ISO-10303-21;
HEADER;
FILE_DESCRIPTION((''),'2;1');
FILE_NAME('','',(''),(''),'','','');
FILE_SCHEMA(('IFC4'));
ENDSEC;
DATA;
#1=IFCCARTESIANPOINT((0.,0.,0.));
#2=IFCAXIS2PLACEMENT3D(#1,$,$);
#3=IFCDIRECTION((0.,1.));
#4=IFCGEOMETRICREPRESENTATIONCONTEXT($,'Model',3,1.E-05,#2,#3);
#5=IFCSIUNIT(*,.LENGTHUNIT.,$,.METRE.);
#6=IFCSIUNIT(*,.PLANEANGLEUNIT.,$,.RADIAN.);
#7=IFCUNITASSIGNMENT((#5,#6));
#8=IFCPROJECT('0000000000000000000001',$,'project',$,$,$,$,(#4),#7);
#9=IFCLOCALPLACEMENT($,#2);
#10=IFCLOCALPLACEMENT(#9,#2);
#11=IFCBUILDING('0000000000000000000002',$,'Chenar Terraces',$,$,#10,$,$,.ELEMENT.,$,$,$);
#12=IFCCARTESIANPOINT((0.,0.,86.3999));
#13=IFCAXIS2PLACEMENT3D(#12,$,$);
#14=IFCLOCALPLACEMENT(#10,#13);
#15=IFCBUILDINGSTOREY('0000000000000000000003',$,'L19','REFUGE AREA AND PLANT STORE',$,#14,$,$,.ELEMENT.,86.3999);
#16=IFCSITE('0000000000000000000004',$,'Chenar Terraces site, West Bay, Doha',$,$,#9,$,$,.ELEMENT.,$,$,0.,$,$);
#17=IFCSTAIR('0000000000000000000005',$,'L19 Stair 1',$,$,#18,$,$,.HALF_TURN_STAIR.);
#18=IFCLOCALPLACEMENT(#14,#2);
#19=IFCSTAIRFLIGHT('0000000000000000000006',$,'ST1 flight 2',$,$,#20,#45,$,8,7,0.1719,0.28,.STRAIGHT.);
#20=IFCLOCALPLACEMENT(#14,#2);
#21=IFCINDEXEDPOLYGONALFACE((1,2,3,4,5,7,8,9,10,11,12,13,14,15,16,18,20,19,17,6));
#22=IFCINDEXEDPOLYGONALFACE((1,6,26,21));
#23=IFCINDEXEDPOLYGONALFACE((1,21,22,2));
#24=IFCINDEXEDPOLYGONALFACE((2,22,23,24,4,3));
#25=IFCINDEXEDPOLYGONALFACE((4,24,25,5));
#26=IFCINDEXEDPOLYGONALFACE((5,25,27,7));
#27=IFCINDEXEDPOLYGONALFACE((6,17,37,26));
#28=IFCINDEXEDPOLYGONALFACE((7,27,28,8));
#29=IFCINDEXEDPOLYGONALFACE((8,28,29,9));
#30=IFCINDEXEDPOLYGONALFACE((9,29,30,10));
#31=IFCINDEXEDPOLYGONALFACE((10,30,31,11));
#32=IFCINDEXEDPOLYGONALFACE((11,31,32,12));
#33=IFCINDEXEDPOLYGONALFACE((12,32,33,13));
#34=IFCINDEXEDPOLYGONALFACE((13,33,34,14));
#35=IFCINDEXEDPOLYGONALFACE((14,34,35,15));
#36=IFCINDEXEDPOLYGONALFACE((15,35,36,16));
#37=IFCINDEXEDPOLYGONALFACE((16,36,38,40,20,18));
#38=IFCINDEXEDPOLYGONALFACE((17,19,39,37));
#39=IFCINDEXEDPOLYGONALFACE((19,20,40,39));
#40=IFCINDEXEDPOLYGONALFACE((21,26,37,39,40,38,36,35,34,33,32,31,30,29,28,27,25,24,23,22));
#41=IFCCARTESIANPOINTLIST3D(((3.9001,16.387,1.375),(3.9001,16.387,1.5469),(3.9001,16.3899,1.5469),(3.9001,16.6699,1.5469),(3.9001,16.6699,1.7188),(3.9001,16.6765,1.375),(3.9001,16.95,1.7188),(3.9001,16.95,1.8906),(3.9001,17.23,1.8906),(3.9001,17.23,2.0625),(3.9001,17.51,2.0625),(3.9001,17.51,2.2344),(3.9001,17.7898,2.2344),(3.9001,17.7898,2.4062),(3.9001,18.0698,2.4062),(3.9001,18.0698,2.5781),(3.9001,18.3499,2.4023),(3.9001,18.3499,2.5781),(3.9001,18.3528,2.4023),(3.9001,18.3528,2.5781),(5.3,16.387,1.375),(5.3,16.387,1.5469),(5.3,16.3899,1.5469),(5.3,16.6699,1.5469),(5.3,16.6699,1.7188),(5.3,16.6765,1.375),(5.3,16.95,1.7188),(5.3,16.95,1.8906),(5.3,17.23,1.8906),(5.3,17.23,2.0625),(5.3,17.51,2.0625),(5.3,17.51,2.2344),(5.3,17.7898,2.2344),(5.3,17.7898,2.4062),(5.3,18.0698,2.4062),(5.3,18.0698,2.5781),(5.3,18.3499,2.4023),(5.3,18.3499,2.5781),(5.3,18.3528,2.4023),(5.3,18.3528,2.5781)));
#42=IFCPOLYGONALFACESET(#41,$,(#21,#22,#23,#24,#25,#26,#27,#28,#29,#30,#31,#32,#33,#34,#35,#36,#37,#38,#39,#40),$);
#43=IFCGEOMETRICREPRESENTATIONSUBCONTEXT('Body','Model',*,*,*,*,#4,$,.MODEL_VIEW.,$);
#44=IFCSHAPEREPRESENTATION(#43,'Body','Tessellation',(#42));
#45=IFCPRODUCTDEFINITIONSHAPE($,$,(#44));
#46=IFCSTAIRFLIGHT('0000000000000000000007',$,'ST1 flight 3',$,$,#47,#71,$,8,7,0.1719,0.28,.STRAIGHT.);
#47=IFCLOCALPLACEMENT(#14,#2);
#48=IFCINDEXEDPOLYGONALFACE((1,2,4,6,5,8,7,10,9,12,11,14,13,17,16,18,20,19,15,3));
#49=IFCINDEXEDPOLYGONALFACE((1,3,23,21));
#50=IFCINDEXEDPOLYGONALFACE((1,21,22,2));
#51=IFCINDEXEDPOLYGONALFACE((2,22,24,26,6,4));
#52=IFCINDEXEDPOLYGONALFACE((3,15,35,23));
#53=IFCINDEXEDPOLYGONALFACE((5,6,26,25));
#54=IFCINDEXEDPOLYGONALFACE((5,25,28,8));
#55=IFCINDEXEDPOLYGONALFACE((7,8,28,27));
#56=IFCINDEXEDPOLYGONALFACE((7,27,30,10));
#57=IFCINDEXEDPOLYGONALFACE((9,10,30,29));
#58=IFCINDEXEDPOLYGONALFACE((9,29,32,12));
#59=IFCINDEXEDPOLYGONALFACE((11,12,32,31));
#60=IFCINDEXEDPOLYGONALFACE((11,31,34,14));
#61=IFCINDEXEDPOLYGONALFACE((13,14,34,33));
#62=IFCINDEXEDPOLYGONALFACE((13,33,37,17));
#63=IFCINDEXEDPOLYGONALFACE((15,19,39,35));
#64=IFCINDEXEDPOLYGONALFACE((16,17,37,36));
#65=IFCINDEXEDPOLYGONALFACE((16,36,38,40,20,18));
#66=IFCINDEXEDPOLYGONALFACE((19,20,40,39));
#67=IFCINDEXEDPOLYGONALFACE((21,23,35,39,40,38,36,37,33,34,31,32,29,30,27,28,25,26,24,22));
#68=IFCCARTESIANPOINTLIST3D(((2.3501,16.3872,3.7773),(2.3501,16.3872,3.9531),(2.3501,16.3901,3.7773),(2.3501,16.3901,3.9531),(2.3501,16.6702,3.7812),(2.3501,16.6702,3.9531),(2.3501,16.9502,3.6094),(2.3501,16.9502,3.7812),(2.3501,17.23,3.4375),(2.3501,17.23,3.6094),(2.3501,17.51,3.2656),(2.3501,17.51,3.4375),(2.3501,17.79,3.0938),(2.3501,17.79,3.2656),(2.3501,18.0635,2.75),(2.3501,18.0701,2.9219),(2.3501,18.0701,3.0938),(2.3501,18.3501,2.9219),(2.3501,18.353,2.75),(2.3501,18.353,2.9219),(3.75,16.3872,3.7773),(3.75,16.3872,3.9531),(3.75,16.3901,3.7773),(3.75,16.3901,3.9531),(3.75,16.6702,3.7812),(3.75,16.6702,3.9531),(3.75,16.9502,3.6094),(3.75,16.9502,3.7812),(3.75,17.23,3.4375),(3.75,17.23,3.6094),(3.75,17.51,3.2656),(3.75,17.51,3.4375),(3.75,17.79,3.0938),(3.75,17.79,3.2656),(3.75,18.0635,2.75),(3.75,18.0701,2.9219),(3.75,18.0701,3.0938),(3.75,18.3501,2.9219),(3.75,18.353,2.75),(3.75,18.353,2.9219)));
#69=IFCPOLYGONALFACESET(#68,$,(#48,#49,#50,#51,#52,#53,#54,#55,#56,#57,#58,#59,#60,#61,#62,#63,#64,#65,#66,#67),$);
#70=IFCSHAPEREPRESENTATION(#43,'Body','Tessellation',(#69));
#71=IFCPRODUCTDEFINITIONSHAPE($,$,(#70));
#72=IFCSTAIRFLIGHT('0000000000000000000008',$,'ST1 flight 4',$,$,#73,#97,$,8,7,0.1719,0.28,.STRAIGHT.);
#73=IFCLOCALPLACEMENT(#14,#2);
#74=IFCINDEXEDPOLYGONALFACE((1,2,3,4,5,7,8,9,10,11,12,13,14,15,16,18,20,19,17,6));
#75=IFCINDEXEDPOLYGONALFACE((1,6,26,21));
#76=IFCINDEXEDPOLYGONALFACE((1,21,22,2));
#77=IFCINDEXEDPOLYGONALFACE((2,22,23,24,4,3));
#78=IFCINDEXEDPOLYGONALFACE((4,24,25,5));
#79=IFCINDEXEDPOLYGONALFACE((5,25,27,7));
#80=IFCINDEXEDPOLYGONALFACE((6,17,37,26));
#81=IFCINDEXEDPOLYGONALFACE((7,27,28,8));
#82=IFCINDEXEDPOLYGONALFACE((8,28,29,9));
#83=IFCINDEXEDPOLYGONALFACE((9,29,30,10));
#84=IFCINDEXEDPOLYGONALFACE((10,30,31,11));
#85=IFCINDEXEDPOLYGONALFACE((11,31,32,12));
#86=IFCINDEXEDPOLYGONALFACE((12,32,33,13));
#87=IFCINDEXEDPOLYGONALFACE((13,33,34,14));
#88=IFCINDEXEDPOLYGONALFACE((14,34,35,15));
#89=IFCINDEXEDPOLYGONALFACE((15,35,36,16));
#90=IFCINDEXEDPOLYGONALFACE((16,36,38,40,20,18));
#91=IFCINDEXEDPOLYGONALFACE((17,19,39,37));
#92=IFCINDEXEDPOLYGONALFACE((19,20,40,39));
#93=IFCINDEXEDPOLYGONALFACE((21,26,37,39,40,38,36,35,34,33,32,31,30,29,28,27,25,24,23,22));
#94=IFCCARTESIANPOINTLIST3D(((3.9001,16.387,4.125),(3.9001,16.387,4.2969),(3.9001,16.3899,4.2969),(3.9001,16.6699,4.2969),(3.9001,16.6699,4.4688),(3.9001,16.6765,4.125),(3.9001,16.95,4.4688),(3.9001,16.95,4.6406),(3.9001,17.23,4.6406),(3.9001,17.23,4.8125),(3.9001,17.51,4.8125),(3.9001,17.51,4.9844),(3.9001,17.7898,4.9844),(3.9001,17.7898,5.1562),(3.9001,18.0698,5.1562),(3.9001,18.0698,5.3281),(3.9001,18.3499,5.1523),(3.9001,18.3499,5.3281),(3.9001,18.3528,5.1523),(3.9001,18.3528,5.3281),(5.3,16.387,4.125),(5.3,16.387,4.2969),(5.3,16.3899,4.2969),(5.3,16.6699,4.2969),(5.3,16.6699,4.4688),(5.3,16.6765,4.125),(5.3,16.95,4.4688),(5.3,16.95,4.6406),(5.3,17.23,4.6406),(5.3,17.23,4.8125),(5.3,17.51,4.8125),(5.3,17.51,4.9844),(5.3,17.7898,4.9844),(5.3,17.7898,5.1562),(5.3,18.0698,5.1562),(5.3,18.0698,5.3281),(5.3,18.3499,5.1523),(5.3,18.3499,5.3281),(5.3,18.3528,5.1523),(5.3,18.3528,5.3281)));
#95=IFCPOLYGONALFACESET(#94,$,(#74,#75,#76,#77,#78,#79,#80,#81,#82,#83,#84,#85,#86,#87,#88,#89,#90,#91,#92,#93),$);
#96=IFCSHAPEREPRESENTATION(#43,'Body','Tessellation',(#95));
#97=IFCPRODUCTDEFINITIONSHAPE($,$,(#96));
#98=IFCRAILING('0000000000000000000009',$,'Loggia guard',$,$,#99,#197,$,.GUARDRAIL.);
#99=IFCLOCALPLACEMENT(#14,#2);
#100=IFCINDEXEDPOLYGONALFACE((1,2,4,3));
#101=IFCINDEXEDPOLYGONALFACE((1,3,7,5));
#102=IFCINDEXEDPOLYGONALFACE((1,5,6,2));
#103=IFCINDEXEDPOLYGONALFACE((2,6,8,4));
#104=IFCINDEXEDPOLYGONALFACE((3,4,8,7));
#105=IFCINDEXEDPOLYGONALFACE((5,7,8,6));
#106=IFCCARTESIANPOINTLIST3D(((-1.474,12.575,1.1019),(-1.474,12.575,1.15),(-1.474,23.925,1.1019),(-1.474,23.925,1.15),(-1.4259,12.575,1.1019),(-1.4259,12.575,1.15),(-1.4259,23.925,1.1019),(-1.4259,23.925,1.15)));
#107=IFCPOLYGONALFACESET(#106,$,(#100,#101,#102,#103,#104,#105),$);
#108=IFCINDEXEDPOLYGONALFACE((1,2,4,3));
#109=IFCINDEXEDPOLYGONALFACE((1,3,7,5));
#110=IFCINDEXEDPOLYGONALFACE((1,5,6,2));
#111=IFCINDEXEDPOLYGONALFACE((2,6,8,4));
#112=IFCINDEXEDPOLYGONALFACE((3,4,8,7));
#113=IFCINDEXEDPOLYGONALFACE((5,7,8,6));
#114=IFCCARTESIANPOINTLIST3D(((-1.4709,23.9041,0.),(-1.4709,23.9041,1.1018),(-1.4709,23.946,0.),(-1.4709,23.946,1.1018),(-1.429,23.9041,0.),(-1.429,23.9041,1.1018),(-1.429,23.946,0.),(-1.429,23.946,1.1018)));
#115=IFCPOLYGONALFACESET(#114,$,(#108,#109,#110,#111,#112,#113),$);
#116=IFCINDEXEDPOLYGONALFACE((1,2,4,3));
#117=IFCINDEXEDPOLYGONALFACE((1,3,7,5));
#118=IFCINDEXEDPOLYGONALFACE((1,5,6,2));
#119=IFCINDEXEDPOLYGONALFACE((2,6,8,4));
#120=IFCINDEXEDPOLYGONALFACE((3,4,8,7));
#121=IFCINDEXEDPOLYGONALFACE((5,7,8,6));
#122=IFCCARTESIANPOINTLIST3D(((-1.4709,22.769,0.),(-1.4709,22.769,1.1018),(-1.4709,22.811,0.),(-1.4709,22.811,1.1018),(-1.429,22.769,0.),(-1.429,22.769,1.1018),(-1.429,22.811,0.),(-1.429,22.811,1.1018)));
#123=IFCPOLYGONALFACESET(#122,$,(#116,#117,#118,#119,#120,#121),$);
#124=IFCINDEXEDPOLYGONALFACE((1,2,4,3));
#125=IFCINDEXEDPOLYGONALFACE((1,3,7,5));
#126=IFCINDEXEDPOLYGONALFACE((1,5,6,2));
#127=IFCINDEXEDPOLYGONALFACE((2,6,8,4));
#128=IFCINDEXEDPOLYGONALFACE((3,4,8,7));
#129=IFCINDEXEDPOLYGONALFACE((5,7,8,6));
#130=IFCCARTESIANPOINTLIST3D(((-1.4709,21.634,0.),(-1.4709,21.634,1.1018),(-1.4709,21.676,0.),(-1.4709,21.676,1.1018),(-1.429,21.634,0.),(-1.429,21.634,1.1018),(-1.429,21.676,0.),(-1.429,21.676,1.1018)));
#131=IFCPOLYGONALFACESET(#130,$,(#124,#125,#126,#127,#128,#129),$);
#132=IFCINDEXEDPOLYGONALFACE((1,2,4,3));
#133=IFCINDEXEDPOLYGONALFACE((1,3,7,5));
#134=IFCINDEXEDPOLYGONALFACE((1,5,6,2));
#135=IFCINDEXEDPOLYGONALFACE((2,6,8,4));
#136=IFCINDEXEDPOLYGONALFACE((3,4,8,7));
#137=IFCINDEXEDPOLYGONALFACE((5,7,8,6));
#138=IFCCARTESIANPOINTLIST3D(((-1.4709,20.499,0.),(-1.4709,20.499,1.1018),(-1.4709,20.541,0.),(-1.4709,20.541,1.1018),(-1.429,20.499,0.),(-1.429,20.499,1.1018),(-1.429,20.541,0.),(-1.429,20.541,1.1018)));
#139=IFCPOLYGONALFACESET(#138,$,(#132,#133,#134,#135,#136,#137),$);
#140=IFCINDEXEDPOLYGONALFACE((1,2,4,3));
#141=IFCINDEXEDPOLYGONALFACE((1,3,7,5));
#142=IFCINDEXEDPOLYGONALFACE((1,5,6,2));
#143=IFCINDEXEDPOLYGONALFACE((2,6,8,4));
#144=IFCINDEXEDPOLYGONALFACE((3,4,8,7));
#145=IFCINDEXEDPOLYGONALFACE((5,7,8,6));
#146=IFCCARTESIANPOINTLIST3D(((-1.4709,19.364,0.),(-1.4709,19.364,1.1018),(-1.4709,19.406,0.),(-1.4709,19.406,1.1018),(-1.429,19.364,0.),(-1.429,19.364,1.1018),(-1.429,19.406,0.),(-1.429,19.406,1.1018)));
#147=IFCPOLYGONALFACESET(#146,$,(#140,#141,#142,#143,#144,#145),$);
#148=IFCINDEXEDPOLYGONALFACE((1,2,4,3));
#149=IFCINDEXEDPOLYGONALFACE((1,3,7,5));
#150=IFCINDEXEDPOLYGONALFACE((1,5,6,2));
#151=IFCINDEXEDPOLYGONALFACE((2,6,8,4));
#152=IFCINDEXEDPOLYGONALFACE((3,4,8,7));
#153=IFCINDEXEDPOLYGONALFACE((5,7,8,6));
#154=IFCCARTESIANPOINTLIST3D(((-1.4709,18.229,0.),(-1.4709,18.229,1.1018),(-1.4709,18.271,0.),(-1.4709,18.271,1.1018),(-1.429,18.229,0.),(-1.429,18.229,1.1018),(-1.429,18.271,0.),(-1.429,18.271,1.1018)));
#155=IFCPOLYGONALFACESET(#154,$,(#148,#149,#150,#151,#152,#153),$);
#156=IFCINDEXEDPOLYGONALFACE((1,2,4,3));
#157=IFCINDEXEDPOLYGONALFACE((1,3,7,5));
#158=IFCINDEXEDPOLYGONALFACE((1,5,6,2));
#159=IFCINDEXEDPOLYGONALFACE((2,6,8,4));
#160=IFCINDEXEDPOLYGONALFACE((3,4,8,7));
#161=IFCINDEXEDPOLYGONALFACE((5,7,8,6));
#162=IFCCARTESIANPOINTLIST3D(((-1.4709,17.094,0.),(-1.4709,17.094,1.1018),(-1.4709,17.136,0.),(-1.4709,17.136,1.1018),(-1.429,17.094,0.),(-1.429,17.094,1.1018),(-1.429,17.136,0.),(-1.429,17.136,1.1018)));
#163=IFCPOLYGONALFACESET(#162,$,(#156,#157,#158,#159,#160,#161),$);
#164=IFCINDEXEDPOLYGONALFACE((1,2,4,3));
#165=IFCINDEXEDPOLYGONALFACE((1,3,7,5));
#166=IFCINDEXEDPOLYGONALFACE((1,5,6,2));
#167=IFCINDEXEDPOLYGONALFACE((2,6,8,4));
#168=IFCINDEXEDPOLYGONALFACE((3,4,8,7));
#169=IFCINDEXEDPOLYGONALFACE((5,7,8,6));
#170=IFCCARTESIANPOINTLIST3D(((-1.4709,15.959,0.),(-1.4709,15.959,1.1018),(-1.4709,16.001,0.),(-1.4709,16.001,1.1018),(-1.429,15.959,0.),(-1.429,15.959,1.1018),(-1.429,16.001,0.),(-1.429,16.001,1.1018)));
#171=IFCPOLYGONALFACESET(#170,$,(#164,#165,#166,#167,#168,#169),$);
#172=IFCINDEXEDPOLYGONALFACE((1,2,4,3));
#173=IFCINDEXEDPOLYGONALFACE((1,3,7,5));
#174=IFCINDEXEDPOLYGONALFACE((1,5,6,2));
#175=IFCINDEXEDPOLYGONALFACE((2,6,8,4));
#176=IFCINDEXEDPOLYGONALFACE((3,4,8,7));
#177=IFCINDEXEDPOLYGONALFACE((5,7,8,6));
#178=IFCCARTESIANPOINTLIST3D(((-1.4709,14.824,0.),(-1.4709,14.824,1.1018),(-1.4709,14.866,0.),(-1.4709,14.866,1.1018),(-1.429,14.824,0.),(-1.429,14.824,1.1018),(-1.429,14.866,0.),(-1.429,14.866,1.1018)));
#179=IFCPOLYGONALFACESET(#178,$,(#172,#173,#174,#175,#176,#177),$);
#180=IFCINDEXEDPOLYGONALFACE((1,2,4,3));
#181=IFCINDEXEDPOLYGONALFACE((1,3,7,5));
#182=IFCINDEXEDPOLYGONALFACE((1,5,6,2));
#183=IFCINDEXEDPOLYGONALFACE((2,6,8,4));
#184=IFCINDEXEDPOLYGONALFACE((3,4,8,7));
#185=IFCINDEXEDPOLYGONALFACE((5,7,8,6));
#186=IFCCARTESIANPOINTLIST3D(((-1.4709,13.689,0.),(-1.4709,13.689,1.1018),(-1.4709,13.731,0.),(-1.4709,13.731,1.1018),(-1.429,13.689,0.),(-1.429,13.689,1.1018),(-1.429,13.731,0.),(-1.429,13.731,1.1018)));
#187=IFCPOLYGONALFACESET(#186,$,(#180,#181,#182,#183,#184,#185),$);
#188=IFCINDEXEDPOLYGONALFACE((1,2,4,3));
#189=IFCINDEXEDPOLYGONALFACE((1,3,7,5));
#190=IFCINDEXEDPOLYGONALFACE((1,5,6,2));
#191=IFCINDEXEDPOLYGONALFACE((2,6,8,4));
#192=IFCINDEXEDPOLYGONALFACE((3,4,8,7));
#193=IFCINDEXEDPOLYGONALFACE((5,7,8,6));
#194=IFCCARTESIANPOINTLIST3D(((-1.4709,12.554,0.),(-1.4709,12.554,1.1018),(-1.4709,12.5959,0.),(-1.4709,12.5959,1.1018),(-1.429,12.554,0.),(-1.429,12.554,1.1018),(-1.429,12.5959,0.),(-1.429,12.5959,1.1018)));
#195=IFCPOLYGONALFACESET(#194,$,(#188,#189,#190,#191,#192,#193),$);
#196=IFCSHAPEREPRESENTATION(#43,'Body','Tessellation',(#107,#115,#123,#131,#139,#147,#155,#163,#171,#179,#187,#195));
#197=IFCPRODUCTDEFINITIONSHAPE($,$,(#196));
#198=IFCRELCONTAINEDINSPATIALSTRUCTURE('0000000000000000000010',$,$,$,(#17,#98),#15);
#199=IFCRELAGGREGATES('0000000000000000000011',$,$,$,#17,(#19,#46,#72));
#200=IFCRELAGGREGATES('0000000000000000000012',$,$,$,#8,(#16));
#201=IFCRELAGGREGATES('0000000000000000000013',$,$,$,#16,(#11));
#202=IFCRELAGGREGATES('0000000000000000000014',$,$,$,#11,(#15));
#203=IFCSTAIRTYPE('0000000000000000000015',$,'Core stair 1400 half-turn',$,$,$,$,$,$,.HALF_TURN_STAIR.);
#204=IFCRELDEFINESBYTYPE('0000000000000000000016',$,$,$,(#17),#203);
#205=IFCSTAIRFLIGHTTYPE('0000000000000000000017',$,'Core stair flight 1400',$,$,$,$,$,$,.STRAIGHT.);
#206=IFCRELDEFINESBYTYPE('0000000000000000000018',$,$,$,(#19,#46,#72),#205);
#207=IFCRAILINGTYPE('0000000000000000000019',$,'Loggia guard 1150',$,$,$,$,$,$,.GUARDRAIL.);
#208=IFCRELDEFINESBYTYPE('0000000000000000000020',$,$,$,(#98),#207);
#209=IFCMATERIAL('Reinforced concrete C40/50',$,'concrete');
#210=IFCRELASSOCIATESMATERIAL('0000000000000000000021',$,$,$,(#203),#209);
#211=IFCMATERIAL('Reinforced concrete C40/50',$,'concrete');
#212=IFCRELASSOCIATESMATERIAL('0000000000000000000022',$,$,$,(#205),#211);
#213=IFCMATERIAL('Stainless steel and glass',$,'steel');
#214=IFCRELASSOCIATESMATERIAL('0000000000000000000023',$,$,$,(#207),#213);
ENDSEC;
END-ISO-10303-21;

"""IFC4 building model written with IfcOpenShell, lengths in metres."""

from ifc_helpers import new_model, si_unit, direction, frame, origin, origin_2d, place, context, subcontext, project, spatial, polyline, rectangle, outline, extrude, material, type_object, element, aggregate, save


model = new_model("IFC4")

# Units and contexts
model_context = context("Model", 3, precision=1e-05, world=origin(), true_north=direction((0.0, 1.0)))
body_context = subcontext(model_context, "Body", "Model", "MODEL_VIEW")
ifc_project = project(units=[si_unit("LENGTHUNIT", "METRE"), si_unit("PLANEANGLEUNIT", "RADIAN")], contexts=[model_context])

# Site, building, storey
site_placement = place(None, origin())
site = spatial("IfcSite", under=ifc_project, at=site_placement, Name="Chenar Terraces site, West Bay, Doha", CompositionType="ELEMENT", RefElevation=0.0)
building_placement = place(site_placement, origin())
building = spatial("IfcBuilding", under=site, at=building_placement, Name="Chenar Terraces", CompositionType="ELEMENT")
storey_placement = place(building_placement, frame((0.0, 0.0, 86.3999)))
storey = spatial("IfcBuildingStorey", under=building, at=storey_placement, Name="L19", Description="REFUGE AREA AND PLANT STORE", CompositionType="ELEMENT", Elevation=86.3999)

# Stair, stair flights
ifc_material_1 = material(Name="Reinforced concrete C40/50", Category="concrete")
stair_type = type_object("IfcStairType", Name="Core stair 1400 half-turn", PredefinedType="HALF_TURN_STAIR", material=ifc_material_1)
stair_placement = place(storey_placement, origin())
stair = element("IfcStair", 1, at=stair_placement, inside=storey, type_object=stair_type, Name="L19 Stair 1", PredefinedType="HALF_TURN_STAIR")
ifc_material_2 = material(Name="Reinforced concrete C40/50", Category="concrete")
stair_flight_type = type_object("IfcStairFlightType", Name="Core stair flight 1400", PredefinedType="STRAIGHT", material=ifc_material_2)
stair_flight_1_placement = place(storey_placement, frame((4.6001, 16.3899, 1.375), z_axis=(0.0, 0.0, 1.0), x_axis=(0.0, 1.0, 0.0)))
stair_flight_1 = element("IfcStairFlight", 2, at=stair_flight_1_placement, type_object=stair_flight_type, Name="ST1 flight 2", NumberOfRisers=8, NumberOfTreads=7, PredefinedType="STRAIGHT", RiserHeight=0.1719, TreadLength=0.28, context=body_context, shape_type="SweptSolid", body=[
    extrude(outline(polyline([(-0.0029, 0.0), (-0.0029, 0.1719), (0.0, 0.1719), (0.28, 0.1719), (0.28, 0.3438), (0.5601, 0.3438), (0.5601, 0.5156), (0.8401, 0.5156), (0.8401, 0.6875), (1.1201, 0.6875), (1.1201, 0.8594), (1.3999, 0.8594), (1.3999, 1.0312), (1.6799, 1.0312), (1.6799, 1.2031), (1.96, 1.2031), (1.9629, 1.2031), (1.9629, 1.0273), (1.96, 1.0273), (0.2866, 0.0), (-0.0029, 0.0)])), frame((0.0, 0.7, 0.0), z_axis=(0.0, -1.0, 0.0), x_axis=(1.0, 0.0, 0.0)), (0.0, 0.0, 1.0), 1.3999),
])
stair_flight_2_placement = place(storey_placement, frame((3.05, 18.3501, 2.75), z_axis=(0.0, 0.0, 1.0), x_axis=(0.0, -1.0, 0.0)))
stair_flight_2 = element("IfcStairFlight", 3, at=stair_flight_2_placement, type_object=stair_flight_type, Name="ST1 flight 3", NumberOfRisers=8, NumberOfTreads=7, PredefinedType="STRAIGHT", RiserHeight=0.1719, TreadLength=0.28, context=body_context, shape_type="SweptSolid", body=[
    extrude(outline(polyline([(-0.0029, 0.0), (-0.0029, 0.1719), (0.0, 0.1719), (0.28, 0.1719), (0.28, 0.3438), (0.5601, 0.3438), (0.5601, 0.5156), (0.8401, 0.5156), (0.8401, 0.6875), (1.1201, 0.6875), (1.1201, 0.8594), (1.3999, 0.8594), (1.3999, 1.0312), (1.6799, 1.0312), (1.6799, 1.2031), (1.96, 1.2031), (1.9629, 1.2031), (1.9629, 1.0273), (1.96, 1.0273), (0.2866, 0.0), (-0.0029, 0.0)])), frame((0.0, 0.7, 0.0), z_axis=(0.0, -1.0, 0.0), x_axis=(1.0, 0.0, 0.0)), (0.0, 0.0, 1.0), 1.3999),
])
stair_flight_3_placement = place(storey_placement, frame((4.6001, 16.3899, 4.125), z_axis=(0.0, 0.0, 1.0), x_axis=(0.0, 1.0, 0.0)))
stair_flight_3 = element("IfcStairFlight", 4, at=stair_flight_3_placement, type_object=stair_flight_type, Name="ST1 flight 4", NumberOfRisers=8, NumberOfTreads=7, PredefinedType="STRAIGHT", RiserHeight=0.1719, TreadLength=0.28, context=body_context, shape_type="SweptSolid", body=[
    extrude(outline(polyline([(-0.0029, 0.0), (-0.0029, 0.1719), (0.0, 0.1719), (0.28, 0.1719), (0.28, 0.3438), (0.5601, 0.3438), (0.5601, 0.5156), (0.8401, 0.5156), (0.8401, 0.6875), (1.1201, 0.6875), (1.1201, 0.8594), (1.3999, 0.8594), (1.3999, 1.0312), (1.6799, 1.0312), (1.6799, 1.2031), (1.96, 1.2031), (1.9629, 1.2031), (1.9629, 1.0273), (1.96, 1.0273), (0.2866, 0.0), (-0.0029, 0.0)])), frame((0.0, 0.7, 0.0), z_axis=(0.0, -1.0, 0.0), x_axis=(1.0, 0.0, 0.0)), (0.0, 0.0, 1.0), 1.3999),
])
aggregate(stair, [stair_flight_1, stair_flight_2, stair_flight_3])

# Railing
ifc_material_3 = material(Name="Stainless steel and glass", Category="steel")
railing_type_1 = type_object("IfcRailingType", Name="Loggia guard 1150", PredefinedType="GUARDRAIL", material=ifc_material_3)
railing_1_placement = place(storey_placement, frame((-1.45, 23.925, 0.0)))
element("IfcRailing", 5, at=railing_1_placement, inside=storey, type_object=railing_type_1, Name="Loggia guard", PredefinedType="GUARDRAIL", context=body_context, shape_type="SweptSolid", body=[
    extrude(rectangle(XDim=0.0481, YDim=0.0481, at=origin_2d()), frame((0.0, 0.0, 1.126), z_axis=(0.0, -1.0, 0.0), x_axis=(1.0, 0.0, 0.0)), (0.0, 0.0, 1.0), 11.3501),
    extrude(rectangle(XDim=0.042, YDim=0.042, at=origin_2d()), origin(), (0.0, 0.0, 1.0), 1.1018),
    extrude(rectangle(XDim=0.042, YDim=0.042, at=origin_2d()), frame((0.0, -1.135, 0.0)), (0.0, 0.0, 1.0), 1.1018),
    extrude(rectangle(XDim=0.042, YDim=0.042, at=origin_2d()), frame((0.0, -2.27, 0.0)), (0.0, 0.0, 1.0), 1.1018),
    extrude(rectangle(XDim=0.042, YDim=0.042, at=origin_2d()), frame((0.0, -3.405, 0.0)), (0.0, 0.0, 1.0), 1.1018),
    extrude(rectangle(XDim=0.042, YDim=0.042, at=origin_2d()), frame((0.0, -4.54, 0.0)), (0.0, 0.0, 1.0), 1.1018),
    extrude(rectangle(XDim=0.042, YDim=0.042, at=origin_2d()), frame((0.0, -5.675, 0.0)), (0.0, 0.0, 1.0), 1.1018),
    extrude(rectangle(XDim=0.042, YDim=0.042, at=origin_2d()), frame((0.0, -6.8101, 0.0)), (0.0, 0.0, 1.0), 1.1018),
    extrude(rectangle(XDim=0.042, YDim=0.042, at=origin_2d()), frame((0.0, -7.9451, 0.0)), (0.0, 0.0, 1.0), 1.1018),
    extrude(rectangle(XDim=0.042, YDim=0.042, at=origin_2d()), frame((0.0, -9.0801, 0.0)), (0.0, 0.0, 1.0), 1.1018),
    extrude(rectangle(XDim=0.042, YDim=0.042, at=origin_2d()), frame((0.0, -10.2151, 0.0)), (0.0, 0.0, 1.0), 1.1018),
    extrude(rectangle(XDim=0.042, YDim=0.042, at=origin_2d()), frame((0.0, -11.3501, 0.0)), (0.0, 0.0, 1.0), 1.1018),
])

save(model, "model.ifc")
